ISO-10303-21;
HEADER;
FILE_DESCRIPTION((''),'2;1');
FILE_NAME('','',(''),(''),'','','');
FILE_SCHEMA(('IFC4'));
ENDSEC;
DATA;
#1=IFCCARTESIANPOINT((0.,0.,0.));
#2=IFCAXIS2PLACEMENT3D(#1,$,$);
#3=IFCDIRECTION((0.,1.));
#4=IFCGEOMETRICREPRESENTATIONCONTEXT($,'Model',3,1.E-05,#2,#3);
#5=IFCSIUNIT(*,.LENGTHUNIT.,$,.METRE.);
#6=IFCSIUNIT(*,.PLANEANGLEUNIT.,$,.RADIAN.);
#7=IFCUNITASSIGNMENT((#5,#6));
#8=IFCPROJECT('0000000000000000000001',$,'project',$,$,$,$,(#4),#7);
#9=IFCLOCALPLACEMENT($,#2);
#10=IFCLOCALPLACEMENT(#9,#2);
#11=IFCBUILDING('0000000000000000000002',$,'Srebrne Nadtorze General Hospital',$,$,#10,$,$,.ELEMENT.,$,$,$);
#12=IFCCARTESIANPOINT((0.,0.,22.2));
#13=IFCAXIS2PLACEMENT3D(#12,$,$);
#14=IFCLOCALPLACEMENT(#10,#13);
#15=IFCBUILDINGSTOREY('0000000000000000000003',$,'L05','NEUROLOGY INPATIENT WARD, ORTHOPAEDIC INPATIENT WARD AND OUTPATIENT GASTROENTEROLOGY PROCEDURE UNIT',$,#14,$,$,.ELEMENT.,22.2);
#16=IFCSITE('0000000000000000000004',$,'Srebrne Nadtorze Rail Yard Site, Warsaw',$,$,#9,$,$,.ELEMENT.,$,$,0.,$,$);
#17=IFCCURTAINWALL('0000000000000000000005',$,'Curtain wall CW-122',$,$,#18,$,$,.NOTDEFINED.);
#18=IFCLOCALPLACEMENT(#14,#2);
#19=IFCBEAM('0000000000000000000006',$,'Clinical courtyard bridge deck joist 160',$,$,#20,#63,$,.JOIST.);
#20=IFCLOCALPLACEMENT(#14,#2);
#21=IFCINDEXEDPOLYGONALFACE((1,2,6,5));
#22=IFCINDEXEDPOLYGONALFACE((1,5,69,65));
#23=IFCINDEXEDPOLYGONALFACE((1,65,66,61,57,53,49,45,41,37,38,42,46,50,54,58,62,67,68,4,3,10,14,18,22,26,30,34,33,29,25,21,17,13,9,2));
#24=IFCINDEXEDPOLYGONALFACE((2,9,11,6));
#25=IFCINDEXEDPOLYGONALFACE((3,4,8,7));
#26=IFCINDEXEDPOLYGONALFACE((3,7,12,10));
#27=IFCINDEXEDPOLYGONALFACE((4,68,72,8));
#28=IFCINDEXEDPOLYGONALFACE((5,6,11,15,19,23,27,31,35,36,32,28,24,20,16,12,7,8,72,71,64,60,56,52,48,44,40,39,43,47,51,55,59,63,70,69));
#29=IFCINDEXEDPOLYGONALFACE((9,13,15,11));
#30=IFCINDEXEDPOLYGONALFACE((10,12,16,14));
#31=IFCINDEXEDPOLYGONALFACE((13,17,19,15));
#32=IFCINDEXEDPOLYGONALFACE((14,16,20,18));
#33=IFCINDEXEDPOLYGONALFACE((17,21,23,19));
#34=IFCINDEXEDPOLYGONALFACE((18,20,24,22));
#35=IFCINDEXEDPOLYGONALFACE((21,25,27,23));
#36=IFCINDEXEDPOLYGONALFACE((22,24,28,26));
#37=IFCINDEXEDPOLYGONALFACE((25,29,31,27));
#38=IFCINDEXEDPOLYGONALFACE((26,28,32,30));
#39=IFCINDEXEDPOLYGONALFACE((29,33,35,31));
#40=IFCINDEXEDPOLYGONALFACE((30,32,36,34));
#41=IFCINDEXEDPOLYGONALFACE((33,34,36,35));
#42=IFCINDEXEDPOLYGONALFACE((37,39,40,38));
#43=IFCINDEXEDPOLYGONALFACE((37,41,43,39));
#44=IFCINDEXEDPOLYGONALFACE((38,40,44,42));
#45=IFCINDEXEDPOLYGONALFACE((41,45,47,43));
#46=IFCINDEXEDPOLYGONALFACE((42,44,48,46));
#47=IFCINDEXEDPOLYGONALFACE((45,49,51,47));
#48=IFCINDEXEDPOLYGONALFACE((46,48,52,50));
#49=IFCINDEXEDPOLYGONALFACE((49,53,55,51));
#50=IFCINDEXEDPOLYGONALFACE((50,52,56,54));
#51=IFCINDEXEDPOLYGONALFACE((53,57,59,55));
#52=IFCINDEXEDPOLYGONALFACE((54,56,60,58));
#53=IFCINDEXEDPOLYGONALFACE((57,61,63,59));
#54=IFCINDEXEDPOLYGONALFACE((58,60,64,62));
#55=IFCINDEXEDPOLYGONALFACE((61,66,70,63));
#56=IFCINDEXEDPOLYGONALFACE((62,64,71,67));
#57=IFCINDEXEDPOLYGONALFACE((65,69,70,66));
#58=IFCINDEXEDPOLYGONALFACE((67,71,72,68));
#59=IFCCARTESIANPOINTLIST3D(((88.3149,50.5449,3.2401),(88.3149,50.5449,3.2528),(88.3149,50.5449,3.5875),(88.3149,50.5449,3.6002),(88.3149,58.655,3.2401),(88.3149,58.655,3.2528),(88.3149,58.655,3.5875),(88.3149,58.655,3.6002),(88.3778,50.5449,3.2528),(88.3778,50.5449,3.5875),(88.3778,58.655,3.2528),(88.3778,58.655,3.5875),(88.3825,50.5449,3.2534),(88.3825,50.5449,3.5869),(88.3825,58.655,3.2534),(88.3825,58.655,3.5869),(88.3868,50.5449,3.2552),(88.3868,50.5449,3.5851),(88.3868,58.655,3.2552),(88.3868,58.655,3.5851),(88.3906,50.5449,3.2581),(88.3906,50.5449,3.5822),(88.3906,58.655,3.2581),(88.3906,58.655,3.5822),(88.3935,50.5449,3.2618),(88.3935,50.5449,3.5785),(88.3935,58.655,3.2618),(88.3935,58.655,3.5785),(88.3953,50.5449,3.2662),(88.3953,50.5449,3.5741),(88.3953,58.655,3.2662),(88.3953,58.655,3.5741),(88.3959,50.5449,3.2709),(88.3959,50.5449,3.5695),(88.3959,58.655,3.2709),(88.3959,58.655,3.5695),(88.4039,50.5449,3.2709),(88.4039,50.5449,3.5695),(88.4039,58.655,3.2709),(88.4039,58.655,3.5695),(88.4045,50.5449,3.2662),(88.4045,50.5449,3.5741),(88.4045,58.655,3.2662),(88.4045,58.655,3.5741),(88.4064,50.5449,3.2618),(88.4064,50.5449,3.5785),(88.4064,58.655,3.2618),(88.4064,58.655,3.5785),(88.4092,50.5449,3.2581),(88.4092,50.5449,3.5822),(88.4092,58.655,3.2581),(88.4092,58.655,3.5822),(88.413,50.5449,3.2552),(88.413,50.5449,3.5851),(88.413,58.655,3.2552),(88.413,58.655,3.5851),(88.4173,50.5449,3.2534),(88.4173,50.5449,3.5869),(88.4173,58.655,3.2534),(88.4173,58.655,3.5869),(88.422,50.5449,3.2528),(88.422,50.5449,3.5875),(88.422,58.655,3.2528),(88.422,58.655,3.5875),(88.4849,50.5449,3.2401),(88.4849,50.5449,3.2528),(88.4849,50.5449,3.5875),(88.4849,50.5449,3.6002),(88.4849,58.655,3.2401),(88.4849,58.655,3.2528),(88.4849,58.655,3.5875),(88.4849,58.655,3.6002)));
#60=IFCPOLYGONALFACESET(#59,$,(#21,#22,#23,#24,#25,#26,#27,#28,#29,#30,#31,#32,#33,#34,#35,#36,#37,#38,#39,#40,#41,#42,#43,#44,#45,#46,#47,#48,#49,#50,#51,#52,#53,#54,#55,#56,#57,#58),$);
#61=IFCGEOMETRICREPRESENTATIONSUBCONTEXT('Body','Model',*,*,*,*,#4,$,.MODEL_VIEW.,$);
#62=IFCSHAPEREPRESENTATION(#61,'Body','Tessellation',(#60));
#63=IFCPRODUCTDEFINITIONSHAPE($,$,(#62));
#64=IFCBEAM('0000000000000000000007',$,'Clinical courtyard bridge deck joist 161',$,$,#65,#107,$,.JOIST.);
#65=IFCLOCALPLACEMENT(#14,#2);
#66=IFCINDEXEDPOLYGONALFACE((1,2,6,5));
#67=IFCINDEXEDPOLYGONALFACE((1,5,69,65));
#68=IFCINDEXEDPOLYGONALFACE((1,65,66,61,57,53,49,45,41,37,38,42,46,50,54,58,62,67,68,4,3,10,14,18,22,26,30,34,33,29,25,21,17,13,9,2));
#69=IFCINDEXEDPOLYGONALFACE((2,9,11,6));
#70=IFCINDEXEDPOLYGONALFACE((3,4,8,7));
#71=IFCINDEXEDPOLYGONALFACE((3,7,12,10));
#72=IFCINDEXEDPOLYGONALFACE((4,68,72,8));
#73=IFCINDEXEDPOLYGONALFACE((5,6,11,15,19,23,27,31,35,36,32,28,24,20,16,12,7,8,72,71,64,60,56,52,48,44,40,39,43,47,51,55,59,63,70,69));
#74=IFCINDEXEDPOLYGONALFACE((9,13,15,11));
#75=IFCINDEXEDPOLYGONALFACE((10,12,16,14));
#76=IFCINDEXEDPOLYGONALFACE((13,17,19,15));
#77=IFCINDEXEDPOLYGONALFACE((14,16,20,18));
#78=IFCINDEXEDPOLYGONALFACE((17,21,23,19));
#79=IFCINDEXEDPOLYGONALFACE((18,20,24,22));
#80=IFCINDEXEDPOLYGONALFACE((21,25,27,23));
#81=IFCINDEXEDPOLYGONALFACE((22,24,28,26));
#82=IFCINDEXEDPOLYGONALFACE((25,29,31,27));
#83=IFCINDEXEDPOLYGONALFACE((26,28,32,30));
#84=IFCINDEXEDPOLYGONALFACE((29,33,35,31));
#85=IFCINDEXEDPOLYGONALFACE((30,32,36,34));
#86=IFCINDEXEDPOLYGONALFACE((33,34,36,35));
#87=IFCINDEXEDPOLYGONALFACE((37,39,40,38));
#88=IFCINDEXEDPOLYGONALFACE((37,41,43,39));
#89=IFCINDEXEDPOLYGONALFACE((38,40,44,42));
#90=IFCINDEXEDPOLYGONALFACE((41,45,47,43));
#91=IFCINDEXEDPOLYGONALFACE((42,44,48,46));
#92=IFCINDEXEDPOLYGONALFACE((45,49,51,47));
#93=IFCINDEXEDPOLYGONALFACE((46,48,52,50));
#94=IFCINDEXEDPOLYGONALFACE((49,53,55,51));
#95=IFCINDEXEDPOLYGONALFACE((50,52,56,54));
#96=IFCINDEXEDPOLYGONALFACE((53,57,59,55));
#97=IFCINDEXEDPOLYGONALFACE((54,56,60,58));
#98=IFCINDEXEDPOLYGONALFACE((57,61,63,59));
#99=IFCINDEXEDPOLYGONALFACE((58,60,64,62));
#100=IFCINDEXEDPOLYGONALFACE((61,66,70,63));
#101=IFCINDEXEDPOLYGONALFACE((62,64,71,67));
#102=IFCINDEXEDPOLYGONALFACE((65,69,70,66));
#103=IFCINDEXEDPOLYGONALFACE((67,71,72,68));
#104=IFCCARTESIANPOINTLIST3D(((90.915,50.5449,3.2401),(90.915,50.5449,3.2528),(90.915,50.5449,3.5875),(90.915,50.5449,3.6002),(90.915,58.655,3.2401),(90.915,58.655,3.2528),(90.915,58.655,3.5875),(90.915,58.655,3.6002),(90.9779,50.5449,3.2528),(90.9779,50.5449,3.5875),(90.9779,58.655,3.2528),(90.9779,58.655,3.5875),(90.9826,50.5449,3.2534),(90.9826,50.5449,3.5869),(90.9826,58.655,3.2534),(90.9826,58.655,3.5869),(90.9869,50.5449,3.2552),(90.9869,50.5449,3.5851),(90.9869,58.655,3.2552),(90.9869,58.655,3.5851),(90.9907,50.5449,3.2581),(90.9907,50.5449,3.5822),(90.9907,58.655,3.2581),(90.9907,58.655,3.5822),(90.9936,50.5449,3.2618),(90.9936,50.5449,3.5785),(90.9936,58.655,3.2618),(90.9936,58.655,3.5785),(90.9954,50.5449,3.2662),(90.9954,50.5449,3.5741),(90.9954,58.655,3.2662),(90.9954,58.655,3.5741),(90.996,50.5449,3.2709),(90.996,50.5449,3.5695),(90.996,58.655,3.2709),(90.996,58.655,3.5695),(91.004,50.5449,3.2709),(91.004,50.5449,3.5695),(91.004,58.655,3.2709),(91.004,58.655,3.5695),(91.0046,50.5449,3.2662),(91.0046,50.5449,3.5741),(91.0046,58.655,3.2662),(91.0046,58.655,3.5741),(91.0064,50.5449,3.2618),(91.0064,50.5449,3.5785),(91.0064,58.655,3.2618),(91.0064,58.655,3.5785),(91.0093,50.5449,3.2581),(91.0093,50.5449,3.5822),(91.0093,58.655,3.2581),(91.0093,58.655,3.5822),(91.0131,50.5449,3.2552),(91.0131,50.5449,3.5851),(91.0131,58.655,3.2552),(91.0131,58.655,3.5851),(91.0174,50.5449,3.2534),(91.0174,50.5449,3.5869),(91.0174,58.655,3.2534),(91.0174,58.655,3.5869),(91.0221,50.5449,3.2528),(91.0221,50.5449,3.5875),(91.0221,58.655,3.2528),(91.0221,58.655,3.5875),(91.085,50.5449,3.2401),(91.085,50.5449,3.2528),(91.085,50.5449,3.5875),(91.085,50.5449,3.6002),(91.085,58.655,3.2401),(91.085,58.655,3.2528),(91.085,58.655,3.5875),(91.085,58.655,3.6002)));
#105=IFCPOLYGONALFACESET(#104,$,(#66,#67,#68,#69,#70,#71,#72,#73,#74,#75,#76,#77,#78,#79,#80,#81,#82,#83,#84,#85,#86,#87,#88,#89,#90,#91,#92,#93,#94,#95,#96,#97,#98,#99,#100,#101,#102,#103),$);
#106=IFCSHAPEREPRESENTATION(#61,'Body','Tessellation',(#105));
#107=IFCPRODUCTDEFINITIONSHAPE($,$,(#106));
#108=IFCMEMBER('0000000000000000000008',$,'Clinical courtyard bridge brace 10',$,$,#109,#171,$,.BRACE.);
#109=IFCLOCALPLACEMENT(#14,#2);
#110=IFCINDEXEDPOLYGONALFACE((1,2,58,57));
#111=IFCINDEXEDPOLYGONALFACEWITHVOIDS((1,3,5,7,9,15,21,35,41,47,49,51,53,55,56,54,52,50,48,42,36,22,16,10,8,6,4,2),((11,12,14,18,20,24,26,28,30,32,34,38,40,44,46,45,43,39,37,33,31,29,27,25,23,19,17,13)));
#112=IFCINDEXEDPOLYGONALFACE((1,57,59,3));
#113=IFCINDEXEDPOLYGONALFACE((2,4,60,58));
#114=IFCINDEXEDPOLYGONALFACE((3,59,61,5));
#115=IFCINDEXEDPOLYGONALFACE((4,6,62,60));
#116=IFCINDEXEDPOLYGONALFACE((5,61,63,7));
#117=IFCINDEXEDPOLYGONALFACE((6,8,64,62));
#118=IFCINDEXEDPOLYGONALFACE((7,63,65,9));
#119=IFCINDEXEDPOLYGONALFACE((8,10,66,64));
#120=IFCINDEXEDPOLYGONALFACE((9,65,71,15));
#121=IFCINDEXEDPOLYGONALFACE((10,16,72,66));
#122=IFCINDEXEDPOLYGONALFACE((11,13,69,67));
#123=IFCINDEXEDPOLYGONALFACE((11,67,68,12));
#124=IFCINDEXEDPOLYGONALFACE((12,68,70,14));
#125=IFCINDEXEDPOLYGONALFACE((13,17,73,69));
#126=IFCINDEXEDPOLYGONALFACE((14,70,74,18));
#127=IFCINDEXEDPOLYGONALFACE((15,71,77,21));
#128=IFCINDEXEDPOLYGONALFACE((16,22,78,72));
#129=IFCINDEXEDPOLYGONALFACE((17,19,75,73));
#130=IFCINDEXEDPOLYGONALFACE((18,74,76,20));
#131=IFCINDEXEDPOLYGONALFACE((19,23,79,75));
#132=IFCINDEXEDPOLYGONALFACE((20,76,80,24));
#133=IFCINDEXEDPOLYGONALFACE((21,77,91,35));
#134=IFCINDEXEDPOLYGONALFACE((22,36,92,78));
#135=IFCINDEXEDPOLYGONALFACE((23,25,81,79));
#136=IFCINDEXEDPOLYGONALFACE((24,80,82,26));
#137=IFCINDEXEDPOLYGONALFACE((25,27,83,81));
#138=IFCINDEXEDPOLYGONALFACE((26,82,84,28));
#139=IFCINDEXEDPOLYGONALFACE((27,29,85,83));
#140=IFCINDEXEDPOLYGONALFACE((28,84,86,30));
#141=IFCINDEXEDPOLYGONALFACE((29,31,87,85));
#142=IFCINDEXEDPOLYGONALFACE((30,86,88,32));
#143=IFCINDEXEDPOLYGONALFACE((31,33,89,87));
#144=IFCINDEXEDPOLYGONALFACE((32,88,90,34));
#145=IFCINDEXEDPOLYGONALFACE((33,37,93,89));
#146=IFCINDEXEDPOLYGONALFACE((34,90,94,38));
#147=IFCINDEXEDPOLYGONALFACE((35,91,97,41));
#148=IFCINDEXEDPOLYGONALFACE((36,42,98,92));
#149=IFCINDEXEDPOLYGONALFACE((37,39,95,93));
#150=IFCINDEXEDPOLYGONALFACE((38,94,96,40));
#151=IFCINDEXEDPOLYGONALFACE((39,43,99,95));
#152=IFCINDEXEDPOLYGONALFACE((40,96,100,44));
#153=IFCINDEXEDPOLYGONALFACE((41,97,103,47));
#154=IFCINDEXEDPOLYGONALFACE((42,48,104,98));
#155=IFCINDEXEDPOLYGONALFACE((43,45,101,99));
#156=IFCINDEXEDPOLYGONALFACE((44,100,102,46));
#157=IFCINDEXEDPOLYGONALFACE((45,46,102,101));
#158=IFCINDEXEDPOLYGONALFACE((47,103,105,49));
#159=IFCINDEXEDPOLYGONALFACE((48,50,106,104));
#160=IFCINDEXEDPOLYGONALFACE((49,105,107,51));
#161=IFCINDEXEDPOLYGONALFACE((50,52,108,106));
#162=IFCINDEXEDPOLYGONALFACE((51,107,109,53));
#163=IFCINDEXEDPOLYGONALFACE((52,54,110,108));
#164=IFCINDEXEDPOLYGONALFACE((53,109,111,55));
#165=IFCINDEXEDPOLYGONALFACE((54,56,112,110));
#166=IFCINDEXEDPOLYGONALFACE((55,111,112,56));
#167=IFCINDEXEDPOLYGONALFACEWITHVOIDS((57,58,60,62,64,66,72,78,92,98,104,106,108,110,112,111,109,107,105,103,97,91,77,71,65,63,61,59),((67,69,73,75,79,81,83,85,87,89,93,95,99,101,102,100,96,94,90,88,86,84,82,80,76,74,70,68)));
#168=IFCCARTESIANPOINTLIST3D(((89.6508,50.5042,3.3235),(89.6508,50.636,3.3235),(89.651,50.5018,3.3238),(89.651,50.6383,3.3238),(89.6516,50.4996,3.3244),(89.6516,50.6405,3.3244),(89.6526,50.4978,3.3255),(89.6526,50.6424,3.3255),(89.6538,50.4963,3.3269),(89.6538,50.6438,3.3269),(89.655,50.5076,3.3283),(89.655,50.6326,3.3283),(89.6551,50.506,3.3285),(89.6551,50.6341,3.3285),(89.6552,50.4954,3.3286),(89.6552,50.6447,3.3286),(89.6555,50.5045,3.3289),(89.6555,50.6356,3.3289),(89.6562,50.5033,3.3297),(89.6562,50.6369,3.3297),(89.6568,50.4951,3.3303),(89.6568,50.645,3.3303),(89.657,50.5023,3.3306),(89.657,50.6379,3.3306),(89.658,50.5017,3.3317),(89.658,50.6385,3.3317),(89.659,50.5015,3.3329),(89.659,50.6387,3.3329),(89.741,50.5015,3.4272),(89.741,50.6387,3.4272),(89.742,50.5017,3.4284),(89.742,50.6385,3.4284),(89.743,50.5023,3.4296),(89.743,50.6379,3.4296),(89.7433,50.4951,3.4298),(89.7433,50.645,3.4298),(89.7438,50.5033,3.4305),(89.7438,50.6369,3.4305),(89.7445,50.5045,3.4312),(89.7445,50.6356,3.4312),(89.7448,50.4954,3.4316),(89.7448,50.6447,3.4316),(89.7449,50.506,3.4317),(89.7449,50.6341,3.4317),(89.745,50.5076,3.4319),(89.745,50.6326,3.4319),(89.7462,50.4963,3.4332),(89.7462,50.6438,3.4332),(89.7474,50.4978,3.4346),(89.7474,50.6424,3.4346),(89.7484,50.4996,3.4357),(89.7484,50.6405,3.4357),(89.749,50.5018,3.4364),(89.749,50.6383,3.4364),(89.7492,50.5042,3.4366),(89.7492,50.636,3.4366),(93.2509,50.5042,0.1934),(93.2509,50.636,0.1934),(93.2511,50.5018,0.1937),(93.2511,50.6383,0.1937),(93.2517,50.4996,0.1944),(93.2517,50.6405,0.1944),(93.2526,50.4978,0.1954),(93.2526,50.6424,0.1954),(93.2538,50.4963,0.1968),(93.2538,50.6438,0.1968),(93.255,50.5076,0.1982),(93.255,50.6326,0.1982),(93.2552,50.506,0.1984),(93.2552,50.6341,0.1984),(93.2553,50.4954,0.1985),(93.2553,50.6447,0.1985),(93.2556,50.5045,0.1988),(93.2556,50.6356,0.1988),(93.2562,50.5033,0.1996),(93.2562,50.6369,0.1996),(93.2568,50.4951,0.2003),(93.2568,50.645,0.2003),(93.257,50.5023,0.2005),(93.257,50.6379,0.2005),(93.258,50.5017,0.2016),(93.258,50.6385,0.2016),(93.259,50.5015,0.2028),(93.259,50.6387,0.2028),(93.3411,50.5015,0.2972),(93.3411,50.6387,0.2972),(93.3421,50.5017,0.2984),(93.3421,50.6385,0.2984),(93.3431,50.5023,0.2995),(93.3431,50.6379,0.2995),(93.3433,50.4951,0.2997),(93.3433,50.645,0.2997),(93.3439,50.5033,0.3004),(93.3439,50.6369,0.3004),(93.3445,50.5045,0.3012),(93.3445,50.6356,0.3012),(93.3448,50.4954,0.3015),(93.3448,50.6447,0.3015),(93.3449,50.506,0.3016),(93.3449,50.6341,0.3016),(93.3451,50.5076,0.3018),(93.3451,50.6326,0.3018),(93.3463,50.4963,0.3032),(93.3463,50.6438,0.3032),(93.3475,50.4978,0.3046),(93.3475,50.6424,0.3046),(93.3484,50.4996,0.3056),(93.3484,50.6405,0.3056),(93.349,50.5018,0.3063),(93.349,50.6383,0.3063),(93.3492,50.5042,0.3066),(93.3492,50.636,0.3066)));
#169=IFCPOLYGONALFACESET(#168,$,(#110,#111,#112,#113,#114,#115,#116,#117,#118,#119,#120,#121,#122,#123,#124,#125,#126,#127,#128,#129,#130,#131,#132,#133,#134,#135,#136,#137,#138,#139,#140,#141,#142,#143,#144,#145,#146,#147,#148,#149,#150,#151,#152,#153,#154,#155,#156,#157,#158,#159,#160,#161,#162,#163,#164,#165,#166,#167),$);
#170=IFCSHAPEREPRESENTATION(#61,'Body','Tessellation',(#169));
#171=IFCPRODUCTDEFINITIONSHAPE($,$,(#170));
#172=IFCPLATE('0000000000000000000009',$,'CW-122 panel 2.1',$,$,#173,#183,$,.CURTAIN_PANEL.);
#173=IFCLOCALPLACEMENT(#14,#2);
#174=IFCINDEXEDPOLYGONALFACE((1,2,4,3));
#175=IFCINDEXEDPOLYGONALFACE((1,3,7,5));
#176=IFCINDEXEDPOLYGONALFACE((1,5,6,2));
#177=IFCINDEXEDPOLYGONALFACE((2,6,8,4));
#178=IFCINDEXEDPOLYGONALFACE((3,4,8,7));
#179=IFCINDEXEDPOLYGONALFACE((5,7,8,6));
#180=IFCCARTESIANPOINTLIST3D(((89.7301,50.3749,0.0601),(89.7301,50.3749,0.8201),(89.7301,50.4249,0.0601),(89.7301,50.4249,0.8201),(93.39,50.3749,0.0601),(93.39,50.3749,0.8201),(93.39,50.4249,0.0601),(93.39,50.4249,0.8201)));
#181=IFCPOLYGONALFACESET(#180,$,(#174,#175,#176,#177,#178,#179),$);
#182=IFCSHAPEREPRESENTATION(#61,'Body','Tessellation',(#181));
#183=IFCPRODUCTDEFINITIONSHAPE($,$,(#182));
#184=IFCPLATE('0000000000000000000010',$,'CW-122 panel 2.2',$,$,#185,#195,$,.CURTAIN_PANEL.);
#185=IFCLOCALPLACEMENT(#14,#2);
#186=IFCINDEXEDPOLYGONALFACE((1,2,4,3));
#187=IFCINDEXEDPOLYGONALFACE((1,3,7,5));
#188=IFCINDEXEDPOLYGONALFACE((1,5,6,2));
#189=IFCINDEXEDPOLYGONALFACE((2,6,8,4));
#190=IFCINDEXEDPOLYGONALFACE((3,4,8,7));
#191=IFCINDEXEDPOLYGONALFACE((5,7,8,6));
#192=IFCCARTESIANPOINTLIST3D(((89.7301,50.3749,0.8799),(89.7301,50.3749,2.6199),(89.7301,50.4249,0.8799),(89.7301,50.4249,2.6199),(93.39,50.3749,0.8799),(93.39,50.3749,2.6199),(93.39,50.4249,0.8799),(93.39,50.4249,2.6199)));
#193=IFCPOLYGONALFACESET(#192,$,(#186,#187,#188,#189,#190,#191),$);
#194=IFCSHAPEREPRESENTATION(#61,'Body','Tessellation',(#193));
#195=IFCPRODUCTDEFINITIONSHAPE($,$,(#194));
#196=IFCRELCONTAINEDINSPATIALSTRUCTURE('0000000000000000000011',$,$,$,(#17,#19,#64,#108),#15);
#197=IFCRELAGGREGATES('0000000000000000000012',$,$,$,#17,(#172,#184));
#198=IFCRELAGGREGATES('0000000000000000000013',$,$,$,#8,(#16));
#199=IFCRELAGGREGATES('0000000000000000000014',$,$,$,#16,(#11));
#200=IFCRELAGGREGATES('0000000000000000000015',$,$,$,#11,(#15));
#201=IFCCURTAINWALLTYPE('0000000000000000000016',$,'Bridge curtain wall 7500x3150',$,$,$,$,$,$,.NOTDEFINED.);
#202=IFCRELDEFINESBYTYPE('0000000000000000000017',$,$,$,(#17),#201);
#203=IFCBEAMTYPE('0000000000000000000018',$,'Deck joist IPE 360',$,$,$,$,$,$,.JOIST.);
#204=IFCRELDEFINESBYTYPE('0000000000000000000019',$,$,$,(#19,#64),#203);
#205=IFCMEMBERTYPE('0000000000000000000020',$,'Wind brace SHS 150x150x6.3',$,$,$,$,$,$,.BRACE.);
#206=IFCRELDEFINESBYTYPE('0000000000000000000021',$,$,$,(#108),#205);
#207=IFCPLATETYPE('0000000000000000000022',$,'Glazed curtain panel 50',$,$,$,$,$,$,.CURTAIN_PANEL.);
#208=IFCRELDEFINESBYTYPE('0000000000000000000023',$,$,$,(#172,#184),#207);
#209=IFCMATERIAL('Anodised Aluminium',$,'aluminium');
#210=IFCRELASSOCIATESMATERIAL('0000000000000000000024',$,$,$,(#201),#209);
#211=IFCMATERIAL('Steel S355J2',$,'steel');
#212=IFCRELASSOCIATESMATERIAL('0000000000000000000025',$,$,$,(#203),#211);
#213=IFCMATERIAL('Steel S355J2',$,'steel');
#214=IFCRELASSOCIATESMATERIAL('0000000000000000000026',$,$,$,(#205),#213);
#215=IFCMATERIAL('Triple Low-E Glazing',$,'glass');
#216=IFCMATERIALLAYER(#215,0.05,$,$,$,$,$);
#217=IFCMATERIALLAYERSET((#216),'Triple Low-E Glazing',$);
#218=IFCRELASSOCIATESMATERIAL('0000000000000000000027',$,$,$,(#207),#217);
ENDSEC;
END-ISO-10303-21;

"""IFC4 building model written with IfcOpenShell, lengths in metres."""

from ifc_helpers import new_model, si_unit, direction, frame, origin, origin_2d, place, context, subcontext, project, spatial, rectangle, hollow_rectangle, i_section, extrude, material, layer, layer_set, material_profile, profile_set, type_object, element, aggregate, save


model = new_model("IFC4")

# Units and contexts
model_context = context("Model", 3, precision=1e-05, world=origin(), true_north=direction((0.0, 1.0)))
body_context = subcontext(model_context, "Body", "Model", "MODEL_VIEW")
ifc_project = project(units=[si_unit("LENGTHUNIT", "METRE"), si_unit("PLANEANGLEUNIT", "RADIAN")], contexts=[model_context])

# Site, building, storey
site_placement = place(None, origin())
site = spatial("IfcSite", under=ifc_project, at=site_placement, Name="Srebrne Nadtorze Rail Yard Site, Warsaw", CompositionType="ELEMENT", RefElevation=0.0)
building_placement = place(site_placement, origin())
building = spatial("IfcBuilding", under=site, at=building_placement, Name="Srebrne Nadtorze General Hospital", CompositionType="ELEMENT")
storey_placement = place(building_placement, frame((0.0, 0.0, 22.2)))
storey = spatial("IfcBuildingStorey", under=building, at=storey_placement, Name="L05", Description="NEUROLOGY INPATIENT WARD, ORTHOPAEDIC INPATIENT WARD AND OUTPATIENT GASTROENTEROLOGY PROCEDURE UNIT", CompositionType="ELEMENT", Elevation=22.2)

# Curtain wall
ifc_material_1 = material(Name="Anodised Aluminium", Category="aluminium")
curtain_wall_type_1 = type_object("IfcCurtainWallType", Name="Bridge curtain wall 7500x3150", PredefinedType="NOTDEFINED", material=ifc_material_1)
curtain_wall_1_placement = place(storey_placement, origin())
curtain_wall_1 = element("IfcCurtainWall", 1, at=curtain_wall_1_placement, inside=storey, type_object=curtain_wall_type_1, Name="Curtain wall CW-122", PredefinedType="NOTDEFINED")

# Beams
ifc_material_2 = material(Name="Steel S355J2", Category="steel")
ifc_material_profile_1 = material_profile(ifc_material_2, i_section(OverallWidth=0.1699, OverallDepth=0.3601, WebThickness=0.0081, FlangeThickness=0.0127, FilletRadius=0.0181, at=origin_2d()), Name="IPE-360")
ifc_profile_set_1 = profile_set([ifc_material_profile_1], Name="Steel S355J2")
beam_type_1 = type_object("IfcBeamType", Name="Deck joist IPE 360", PredefinedType="JOIST", material=ifc_profile_set_1)
for number, where, z_axis, x_axis, name in (
    (2, (88.3999, 50.5449, 3.4202), (0.0, 1.0, 0.0), (-1.0, 0.0, 0.0), "Clinical courtyard bridge deck joist 160"),
    (3, (91.0, 50.5449, 3.4202), (0.0, 1.0, 0.0), (-1.0, 0.0, 0.0), "Clinical courtyard bridge deck joist 161"),
):
    element("IfcBeam", number, at=place(storey_placement, frame(where, z_axis=z_axis, x_axis=x_axis)), inside=storey, type_object=beam_type_1, Name=name, PredefinedType="JOIST", context=body_context, shape_type="SweptSolid", body=[
        extrude(i_section(OverallWidth=0.1699, OverallDepth=0.3601, WebThickness=0.0081, FlangeThickness=0.0127, FilletRadius=0.0181, at=origin_2d()), origin(), (0.0, 0.0, 1.0), 8.1101),
    ])

# Member
ifc_material_3 = material(Name="Steel S355J2", Category="steel")
ifc_material_profile_2 = material_profile(ifc_material_3, hollow_rectangle(XDim=0.1499, YDim=0.1499, WallThickness=0.0063, InnerFilletRadius=0.0061, OuterFilletRadius=0.009, at=origin_2d()), Name="SHS-150x150x6.3")
ifc_profile_set_2 = profile_set([ifc_material_profile_2], Name="Steel S355J2")
member_type_1 = type_object("IfcMemberType", Name="Wind brace SHS 150x150x6.3", PredefinedType="BRACE", material=ifc_profile_set_2)
member_1_placement = place(storey_placement, frame((93.3, 50.5701, 0.25), z_axis=(-0.754646, 0.0, 0.656132), x_axis=(0.0, -1.0, 0.0)))
element("IfcMember", 4, at=member_1_placement, inside=storey, type_object=member_type_1, Name="Clinical courtyard bridge brace 10", PredefinedType="BRACE", context=body_context, shape_type="SweptSolid", body=[
    extrude(hollow_rectangle(XDim=0.1499, YDim=0.1499, WallThickness=0.0063, InnerFilletRadius=0.0061, OuterFilletRadius=0.009, at=origin_2d()), origin(), (0.0, 0.0, 1.0), 4.7705),
])

# Plates
ifc_material_4 = material(Name="Triple Low-E Glazing", Category="glass")
ifc_layer_1 = layer(ifc_material_4, 0.05)
ifc_layer_set_1 = layer_set([ifc_layer_1], Name="Triple Low-E Glazing")
plate_type = type_object("IfcPlateType", Name="Glazed curtain panel 50", PredefinedType="CURTAIN_PANEL", material=ifc_layer_set_1)
plate_1_placement = place(storey_placement, frame((91.5601, 50.3999, 0.0601), z_axis=(0.0, 0.0, 1.0), x_axis=(1.0, 0.0, 0.0)))
plate_1 = element("IfcPlate", 5, at=plate_1_placement, type_object=plate_type, Name="CW-122 panel 2.1", PredefinedType="CURTAIN_PANEL", context=body_context, shape_type="SweptSolid", body=[
    extrude(rectangle(XDim=3.6599, YDim=0.05, at=origin_2d()), origin(), (0.0, 0.0, 1.0), 0.76),
])
plate_2_placement = place(storey_placement, frame((91.5601, 50.3999, 0.8799), z_axis=(0.0, 0.0, 1.0), x_axis=(1.0, 0.0, 0.0)))
plate_2 = element("IfcPlate", 6, at=plate_2_placement, type_object=plate_type, Name="CW-122 panel 2.2", PredefinedType="CURTAIN_PANEL", context=body_context, shape_type="SweptSolid", body=[
    extrude(rectangle(XDim=3.6599, YDim=0.05, at=origin_2d()), origin(), (0.0, 0.0, 1.0), 1.74),
])
aggregate(curtain_wall_1, [plate_1, plate_2])

save(model, "model.ifc")
